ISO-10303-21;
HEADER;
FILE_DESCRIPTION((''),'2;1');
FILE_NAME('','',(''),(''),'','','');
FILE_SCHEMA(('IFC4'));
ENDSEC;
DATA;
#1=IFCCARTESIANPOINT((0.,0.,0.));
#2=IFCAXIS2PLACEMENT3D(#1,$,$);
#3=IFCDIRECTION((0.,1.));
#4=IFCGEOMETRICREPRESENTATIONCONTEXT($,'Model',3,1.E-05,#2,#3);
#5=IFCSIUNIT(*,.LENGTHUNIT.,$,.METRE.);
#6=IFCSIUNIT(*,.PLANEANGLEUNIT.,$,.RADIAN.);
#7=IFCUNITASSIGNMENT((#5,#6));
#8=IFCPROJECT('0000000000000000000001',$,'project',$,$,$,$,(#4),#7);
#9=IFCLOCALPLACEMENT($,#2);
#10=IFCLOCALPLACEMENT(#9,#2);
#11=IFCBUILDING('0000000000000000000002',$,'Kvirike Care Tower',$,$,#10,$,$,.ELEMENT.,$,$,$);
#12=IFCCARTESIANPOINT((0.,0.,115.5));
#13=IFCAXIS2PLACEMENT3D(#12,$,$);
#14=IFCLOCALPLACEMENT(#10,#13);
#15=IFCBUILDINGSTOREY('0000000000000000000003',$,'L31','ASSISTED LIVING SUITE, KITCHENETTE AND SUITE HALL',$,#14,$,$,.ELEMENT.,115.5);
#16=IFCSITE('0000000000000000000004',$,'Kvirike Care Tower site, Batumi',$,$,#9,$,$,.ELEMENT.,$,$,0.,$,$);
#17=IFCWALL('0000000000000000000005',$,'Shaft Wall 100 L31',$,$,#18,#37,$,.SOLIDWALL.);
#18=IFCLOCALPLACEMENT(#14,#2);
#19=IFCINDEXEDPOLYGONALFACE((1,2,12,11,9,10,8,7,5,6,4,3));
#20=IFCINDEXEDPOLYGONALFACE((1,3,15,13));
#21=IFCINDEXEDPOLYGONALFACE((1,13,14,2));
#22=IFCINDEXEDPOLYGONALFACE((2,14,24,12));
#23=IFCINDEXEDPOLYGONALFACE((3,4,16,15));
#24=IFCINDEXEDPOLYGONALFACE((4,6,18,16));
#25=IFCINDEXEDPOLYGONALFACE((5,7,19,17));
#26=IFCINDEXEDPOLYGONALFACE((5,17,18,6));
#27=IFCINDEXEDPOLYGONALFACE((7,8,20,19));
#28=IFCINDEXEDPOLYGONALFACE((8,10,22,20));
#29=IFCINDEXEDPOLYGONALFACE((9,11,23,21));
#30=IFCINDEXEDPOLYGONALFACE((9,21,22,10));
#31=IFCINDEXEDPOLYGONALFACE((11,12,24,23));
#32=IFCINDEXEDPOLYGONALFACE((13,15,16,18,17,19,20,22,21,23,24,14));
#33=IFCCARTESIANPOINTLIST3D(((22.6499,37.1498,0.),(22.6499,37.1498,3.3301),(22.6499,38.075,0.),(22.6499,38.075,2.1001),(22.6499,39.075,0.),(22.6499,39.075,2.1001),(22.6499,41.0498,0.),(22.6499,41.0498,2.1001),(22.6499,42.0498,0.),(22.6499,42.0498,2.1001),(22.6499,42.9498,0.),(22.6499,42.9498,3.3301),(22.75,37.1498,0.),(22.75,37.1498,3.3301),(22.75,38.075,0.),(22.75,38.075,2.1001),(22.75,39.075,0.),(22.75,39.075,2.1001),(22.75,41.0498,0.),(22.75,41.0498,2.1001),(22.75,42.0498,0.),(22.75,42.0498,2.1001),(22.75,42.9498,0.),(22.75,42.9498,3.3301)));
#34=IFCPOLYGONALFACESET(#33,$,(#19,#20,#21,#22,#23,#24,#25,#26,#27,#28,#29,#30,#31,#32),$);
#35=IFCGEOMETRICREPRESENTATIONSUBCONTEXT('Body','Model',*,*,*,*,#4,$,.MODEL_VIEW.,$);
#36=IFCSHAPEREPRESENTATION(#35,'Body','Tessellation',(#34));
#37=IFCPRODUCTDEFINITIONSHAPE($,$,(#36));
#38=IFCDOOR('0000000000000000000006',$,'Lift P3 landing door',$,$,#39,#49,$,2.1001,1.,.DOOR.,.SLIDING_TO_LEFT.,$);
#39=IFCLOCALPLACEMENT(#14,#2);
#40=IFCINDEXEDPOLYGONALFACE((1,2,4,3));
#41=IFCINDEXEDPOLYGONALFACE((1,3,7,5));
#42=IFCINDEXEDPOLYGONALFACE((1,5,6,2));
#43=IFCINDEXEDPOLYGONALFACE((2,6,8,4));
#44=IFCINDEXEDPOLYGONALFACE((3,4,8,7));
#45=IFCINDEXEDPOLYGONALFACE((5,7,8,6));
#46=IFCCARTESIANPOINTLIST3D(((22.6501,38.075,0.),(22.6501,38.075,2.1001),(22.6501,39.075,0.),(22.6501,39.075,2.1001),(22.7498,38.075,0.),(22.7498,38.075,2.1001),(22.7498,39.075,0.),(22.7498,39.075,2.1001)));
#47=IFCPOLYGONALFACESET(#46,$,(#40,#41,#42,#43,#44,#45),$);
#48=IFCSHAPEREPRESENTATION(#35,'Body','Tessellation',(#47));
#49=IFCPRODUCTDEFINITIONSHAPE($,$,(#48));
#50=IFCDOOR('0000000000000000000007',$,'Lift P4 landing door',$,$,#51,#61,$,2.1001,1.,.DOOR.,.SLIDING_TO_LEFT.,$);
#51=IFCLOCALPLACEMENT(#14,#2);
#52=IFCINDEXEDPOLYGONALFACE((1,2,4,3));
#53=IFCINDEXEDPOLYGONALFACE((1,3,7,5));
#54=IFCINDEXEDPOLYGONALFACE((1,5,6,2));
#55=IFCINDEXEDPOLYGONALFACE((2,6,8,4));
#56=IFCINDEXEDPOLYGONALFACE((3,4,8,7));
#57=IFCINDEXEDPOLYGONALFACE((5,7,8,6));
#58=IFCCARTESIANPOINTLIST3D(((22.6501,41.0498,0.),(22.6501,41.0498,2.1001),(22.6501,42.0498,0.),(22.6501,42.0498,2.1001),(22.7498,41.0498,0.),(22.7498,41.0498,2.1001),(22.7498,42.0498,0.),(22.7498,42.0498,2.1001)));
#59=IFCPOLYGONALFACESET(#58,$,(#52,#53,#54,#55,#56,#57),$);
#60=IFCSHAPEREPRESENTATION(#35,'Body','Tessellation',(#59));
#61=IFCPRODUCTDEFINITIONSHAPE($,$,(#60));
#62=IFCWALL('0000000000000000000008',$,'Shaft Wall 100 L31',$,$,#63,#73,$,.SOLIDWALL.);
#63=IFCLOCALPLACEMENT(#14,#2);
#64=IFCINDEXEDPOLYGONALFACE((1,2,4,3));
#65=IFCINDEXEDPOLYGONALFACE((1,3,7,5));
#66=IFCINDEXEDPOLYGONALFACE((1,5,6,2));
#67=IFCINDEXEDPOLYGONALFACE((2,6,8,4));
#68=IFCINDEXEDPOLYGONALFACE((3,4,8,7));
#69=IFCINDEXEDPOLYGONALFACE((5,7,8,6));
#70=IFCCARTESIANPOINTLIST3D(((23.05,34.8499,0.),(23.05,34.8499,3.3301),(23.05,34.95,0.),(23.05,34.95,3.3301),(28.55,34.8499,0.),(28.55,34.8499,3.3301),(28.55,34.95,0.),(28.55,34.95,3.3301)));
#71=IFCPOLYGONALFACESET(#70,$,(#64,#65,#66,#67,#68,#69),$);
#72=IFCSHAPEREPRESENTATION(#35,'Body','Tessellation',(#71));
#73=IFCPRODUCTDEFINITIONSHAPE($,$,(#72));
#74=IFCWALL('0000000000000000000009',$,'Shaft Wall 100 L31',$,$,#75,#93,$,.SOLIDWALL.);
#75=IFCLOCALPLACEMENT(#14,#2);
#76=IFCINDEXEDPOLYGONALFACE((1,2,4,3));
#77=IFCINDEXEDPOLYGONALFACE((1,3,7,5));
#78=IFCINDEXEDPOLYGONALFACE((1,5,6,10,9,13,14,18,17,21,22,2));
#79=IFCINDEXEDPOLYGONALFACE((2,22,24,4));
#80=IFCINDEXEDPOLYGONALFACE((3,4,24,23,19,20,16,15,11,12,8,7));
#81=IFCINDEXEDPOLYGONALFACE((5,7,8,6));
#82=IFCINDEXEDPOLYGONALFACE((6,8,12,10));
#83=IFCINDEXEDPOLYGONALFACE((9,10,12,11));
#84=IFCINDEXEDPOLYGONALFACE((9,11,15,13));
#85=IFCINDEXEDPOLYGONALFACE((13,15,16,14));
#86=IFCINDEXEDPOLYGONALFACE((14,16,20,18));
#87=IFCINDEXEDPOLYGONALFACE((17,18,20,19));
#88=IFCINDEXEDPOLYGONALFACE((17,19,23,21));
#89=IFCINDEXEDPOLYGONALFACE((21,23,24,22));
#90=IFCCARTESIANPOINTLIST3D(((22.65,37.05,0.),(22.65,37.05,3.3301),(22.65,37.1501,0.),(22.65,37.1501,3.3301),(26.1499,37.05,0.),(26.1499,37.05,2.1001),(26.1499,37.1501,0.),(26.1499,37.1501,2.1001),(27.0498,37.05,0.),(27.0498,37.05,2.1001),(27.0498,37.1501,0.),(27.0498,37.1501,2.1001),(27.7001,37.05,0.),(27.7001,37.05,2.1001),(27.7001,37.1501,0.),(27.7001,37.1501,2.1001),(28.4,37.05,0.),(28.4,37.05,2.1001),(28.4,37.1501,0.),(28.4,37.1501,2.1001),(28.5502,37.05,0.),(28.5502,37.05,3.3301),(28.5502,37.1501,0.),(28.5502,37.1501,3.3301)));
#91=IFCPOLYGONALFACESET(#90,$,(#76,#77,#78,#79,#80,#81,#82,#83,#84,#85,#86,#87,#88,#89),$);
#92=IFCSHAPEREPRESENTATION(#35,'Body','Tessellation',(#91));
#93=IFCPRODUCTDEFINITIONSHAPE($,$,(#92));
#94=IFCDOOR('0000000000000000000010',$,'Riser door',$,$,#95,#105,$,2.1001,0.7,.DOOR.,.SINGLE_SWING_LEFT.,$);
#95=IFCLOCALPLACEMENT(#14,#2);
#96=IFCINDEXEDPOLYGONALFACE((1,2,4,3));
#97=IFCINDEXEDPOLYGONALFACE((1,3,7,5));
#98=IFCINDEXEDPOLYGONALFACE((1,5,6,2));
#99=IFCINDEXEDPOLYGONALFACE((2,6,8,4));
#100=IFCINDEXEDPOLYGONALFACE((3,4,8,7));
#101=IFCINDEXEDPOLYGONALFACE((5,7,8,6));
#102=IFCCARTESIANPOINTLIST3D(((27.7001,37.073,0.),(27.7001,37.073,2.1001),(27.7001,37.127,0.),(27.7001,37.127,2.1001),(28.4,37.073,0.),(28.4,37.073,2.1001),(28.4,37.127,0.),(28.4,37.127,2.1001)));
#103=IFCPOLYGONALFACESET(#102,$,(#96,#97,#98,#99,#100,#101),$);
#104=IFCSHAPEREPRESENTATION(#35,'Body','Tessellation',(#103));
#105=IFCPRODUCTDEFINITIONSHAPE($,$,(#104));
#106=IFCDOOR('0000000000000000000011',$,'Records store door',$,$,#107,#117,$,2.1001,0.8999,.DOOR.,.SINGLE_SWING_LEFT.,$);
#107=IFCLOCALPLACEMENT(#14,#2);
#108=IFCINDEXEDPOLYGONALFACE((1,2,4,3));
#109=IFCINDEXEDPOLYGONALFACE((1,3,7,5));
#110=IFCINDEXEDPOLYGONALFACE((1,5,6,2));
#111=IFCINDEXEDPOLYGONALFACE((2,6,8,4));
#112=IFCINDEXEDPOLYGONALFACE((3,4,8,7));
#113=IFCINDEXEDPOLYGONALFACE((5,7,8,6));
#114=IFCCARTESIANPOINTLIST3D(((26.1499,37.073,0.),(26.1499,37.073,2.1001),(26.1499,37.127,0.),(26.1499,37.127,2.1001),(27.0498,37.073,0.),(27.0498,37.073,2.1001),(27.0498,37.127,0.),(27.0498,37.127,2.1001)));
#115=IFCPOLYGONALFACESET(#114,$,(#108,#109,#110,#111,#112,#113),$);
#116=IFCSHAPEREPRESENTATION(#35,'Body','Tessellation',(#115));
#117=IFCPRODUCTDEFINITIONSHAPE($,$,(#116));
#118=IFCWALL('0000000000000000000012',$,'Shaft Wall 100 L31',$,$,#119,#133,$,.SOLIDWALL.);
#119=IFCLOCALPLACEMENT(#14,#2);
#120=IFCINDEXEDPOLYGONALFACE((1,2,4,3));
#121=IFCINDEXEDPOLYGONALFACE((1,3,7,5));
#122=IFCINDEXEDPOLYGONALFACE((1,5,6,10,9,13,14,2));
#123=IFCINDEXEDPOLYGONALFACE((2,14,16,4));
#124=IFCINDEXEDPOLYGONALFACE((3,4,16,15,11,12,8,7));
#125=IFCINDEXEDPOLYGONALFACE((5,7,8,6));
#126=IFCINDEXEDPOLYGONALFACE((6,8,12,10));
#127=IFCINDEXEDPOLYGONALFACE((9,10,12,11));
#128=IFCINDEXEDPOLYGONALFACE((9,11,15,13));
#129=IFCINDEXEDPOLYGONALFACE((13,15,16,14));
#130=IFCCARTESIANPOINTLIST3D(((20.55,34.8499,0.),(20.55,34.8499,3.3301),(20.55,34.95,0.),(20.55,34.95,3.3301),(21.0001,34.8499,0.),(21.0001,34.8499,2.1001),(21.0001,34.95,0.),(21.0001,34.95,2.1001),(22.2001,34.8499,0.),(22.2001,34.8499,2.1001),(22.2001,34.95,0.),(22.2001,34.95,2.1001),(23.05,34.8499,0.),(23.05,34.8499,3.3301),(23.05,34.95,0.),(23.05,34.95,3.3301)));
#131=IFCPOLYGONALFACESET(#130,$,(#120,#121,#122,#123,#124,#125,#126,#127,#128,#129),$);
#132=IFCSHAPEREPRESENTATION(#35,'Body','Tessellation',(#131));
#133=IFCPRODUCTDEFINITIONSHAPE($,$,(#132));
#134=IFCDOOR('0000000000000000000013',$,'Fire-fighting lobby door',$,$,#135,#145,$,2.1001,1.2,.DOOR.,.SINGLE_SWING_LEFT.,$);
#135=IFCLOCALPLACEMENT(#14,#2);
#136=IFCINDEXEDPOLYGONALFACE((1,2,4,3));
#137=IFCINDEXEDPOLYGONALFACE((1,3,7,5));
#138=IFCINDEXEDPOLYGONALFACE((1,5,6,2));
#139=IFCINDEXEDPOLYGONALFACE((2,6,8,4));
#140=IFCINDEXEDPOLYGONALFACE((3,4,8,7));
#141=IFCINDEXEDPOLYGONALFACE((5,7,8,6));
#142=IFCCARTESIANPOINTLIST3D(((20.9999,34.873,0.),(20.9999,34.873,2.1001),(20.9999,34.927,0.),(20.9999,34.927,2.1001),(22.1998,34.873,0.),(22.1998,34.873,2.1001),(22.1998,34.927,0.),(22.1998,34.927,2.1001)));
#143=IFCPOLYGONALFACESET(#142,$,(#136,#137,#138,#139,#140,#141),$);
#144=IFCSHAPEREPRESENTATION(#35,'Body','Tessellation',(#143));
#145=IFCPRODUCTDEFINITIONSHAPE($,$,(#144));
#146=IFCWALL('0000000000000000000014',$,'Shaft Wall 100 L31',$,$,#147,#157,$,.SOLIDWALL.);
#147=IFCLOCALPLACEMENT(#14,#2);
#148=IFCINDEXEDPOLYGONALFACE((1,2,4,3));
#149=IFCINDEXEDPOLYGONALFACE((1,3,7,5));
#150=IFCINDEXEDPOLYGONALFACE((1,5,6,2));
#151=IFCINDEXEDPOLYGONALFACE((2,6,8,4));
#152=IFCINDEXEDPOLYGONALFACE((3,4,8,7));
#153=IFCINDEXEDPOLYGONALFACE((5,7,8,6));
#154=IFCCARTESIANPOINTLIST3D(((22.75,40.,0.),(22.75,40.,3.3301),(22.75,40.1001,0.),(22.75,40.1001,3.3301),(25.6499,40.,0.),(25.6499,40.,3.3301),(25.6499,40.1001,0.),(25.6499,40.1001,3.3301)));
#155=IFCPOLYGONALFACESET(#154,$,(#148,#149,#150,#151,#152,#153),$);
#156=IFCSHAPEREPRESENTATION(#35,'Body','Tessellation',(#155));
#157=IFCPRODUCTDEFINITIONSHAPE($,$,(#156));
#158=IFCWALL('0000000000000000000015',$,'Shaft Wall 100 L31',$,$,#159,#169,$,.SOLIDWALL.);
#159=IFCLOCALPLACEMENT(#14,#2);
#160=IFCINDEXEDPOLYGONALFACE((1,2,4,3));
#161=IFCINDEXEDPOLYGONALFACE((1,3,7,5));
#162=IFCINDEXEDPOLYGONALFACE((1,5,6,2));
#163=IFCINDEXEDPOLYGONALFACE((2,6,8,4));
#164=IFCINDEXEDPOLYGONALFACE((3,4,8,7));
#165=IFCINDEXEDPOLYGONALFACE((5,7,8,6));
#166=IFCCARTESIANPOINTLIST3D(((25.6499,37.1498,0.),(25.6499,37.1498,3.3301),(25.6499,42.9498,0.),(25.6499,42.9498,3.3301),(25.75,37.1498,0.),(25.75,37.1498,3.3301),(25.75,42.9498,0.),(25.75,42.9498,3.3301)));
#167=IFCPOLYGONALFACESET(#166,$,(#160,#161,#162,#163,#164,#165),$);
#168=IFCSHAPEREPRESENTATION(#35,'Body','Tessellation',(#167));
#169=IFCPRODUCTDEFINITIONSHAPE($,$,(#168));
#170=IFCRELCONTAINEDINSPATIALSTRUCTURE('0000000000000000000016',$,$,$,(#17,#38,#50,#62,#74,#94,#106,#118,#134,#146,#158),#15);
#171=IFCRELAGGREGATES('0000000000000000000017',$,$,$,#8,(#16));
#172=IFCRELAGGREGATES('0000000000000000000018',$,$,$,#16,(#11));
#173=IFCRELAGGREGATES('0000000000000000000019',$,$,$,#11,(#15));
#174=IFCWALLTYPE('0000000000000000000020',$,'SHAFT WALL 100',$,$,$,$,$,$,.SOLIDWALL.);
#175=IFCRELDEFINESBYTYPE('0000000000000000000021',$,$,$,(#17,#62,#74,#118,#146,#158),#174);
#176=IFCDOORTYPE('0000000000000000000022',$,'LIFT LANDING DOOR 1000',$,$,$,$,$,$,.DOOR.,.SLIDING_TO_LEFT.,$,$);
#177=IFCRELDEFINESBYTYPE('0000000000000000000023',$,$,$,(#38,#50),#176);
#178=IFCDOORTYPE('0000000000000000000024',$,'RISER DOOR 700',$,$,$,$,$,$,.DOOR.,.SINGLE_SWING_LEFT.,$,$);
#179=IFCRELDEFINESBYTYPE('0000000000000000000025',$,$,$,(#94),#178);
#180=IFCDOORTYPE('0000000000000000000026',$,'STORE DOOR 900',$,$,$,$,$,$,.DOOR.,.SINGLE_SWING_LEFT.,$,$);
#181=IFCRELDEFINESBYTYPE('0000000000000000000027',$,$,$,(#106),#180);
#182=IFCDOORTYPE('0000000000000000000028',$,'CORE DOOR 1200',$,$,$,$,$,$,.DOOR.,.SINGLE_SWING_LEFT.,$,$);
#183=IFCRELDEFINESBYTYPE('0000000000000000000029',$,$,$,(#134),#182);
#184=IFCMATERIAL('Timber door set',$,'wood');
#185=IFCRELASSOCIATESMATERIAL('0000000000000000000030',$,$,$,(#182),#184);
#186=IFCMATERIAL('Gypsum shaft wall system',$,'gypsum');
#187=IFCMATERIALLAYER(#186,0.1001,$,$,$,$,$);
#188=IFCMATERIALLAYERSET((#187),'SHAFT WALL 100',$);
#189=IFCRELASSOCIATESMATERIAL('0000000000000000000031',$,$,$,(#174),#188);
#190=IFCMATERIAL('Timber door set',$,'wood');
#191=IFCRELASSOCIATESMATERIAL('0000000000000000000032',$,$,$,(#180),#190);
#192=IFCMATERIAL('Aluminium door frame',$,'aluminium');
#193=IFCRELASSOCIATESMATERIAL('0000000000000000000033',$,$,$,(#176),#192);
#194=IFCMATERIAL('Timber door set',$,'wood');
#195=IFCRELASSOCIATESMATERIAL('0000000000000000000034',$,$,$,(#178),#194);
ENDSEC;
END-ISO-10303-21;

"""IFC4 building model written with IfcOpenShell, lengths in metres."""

from ifc_helpers import new_model, si_unit, direction, frame, frame_2d, origin, place, context, subcontext, project, spatial, rectangle, extrude, material, layer, layer_set, type_object, element, fill, save


model = new_model("IFC4")

# Units and contexts
model_context = context("Model", 3, precision=1e-05, world=origin(), true_north=direction((0.0, 1.0)))
body_context = subcontext(model_context, "Body", "Model", "MODEL_VIEW")
ifc_project = project(units=[si_unit("LENGTHUNIT", "METRE"), si_unit("PLANEANGLEUNIT", "RADIAN")], contexts=[model_context])

# Site, building, storey
site_placement = place(None, origin())
site = spatial("IfcSite", under=ifc_project, at=site_placement, Name="Kvirike Care Tower site, Batumi", CompositionType="ELEMENT", RefElevation=0.0)
building_placement = place(site_placement, origin())
building = spatial("IfcBuilding", under=site, at=building_placement, Name="Kvirike Care Tower", CompositionType="ELEMENT")
storey_placement = place(building_placement, frame((0.0, 0.0, 115.5)))
storey = spatial("IfcBuildingStorey", under=building, at=storey_placement, Name="L31", Description="ASSISTED LIVING SUITE, KITCHENETTE AND SUITE HALL", CompositionType="ELEMENT", Elevation=115.5)

# Shared definitions
ifc_material_1 = material(Name="Timber door set", Category="wood")
door_type_1 = type_object("IfcDoorType", Name="CORE DOOR 1200", OperationType="SINGLE_SWING_LEFT", PredefinedType="DOOR", material=ifc_material_1)

# Shared definitions
ifc_material_2 = material(Name="Gypsum shaft wall system", Category="gypsum")
ifc_layer_1 = layer(ifc_material_2, 0.1001)
ifc_layer_set_1 = layer_set([ifc_layer_1], Name="SHAFT WALL 100")
wall_type_1 = type_object("IfcWallType", Name="SHAFT WALL 100", PredefinedType="SOLIDWALL", material=ifc_layer_set_1)

# Shared definitions
ifc_material_3 = material(Name="Timber door set", Category="wood")
door_type_2 = type_object("IfcDoorType", Name="STORE DOOR 900", OperationType="SINGLE_SWING_LEFT", PredefinedType="DOOR", material=ifc_material_3)

# Wall, openings, doors
wall_1_placement = place(storey_placement, frame((22.7, 37.1499, 0.0), z_axis=(0.0, 0.0, 1.0), x_axis=(0.0, 1.0, 0.0)))
wall_1 = element("IfcWall", 1, at=wall_1_placement, inside=storey, type_object=wall_type_1, Name="Shaft Wall 100 L31", PredefinedType="SOLIDWALL", context=body_context, shape_type="SweptSolid", body=[
    extrude(rectangle(XDim=5.8, YDim=0.1001, at=frame_2d((2.8999, 0.0))), origin(), (0.0, 0.0, 1.0), 3.3301),
])
opening_1_placement = place(wall_1_placement, frame((0.925, 0.0, 0.0)))
opening_1 = element("IfcOpeningElement", 2, at=opening_1_placement, cuts=wall_1, PredefinedType="OPENING", context=body_context, shape_type="SweptSolid", body=[
    extrude(rectangle(XDim=1.0, YDim=2.1001, at=frame_2d((0.5, 1.05))), frame((0.0, 0.0605, 0.0), z_axis=(0.0, -1.0, 0.0), x_axis=(1.0, 0.0, 0.0)), (0.0, 0.0, 1.0), 0.1211),
])
opening_2_placement = place(wall_1_placement, frame((3.8999, 0.0, 0.0)))
opening_2 = element("IfcOpeningElement", 3, at=opening_2_placement, cuts=wall_1, PredefinedType="OPENING", context=body_context, shape_type="SweptSolid", body=[
    extrude(rectangle(XDim=1.0, YDim=2.1001, at=frame_2d((0.5, 1.05))), frame((0.0, 0.0605, 0.0), z_axis=(0.0, -1.0, 0.0), x_axis=(1.0, 0.0, 0.0)), (0.0, 0.0, 1.0), 0.1211),
])
ifc_material_4 = material(Name="Aluminium door frame", Category="aluminium")
door_type_3 = type_object("IfcDoorType", Name="LIFT LANDING DOOR 1000", OperationType="SLIDING_TO_LEFT", PredefinedType="DOOR", material=ifc_material_4)
door_1_placement = place(opening_1_placement, origin())
door_1 = element("IfcDoor", 4, at=door_1_placement, inside=storey, type_object=door_type_3, Name="Lift P3 landing door", OperationType="SLIDING_TO_LEFT", OverallHeight=2.1001, OverallWidth=1.0, PredefinedType="DOOR", context=body_context, shape_type="SweptSolid", body=[
    extrude(rectangle(XDim=1.0, YDim=2.1001, at=frame_2d((0.5, 1.05))), frame((0.0, 0.0498, 0.0), z_axis=(0.0, -1.0, 0.0), x_axis=(1.0, 0.0, 0.0)), (0.0, 0.0, 1.0), 0.0996),
])
fill(opening_1, door_1)
door_2_placement = place(opening_2_placement, origin())
door_2 = element("IfcDoor", 5, at=door_2_placement, inside=storey, type_object=door_type_3, Name="Lift P4 landing door", OperationType="SLIDING_TO_LEFT", OverallHeight=2.1001, OverallWidth=1.0, PredefinedType="DOOR", context=body_context, shape_type="SweptSolid", body=[
    extrude(rectangle(XDim=1.0, YDim=2.1001, at=frame_2d((0.5, 1.05))), frame((0.0, 0.0498, 0.0), z_axis=(0.0, -1.0, 0.0), x_axis=(1.0, 0.0, 0.0)), (0.0, 0.0, 1.0), 0.0996),
])
fill(opening_2, door_2)

# Wall
wall_2_placement = place(storey_placement, frame((23.05, 34.8999, 0.0), z_axis=(0.0, 0.0, 1.0), x_axis=(1.0, 0.0, 0.0)))
element("IfcWall", 6, at=wall_2_placement, inside=storey, type_object=wall_type_1, Name="Shaft Wall 100 L31", PredefinedType="SOLIDWALL", context=body_context, shape_type="SweptSolid", body=[
    extrude(rectangle(XDim=5.5, YDim=0.1001, at=frame_2d((2.75, 0.0))), origin(), (0.0, 0.0, 1.0), 3.3301),
])

# Wall, openings, doors
wall_3_placement = place(storey_placement, frame((22.6499, 37.1001, 0.0), z_axis=(0.0, 0.0, 1.0), x_axis=(1.0, 0.0, 0.0)))
wall_3 = element("IfcWall", 7, at=wall_3_placement, inside=storey, type_object=wall_type_1, Name="Shaft Wall 100 L31", PredefinedType="SOLIDWALL", context=body_context, shape_type="SweptSolid", body=[
    extrude(rectangle(XDim=5.9001, YDim=0.1001, at=frame_2d((2.9502, 0.0))), origin(), (0.0, 0.0, 1.0), 3.3301),
])
opening_3_placement = place(wall_3_placement, frame((3.5, 0.0, 0.0)))
opening_3 = element("IfcOpeningElement", 8, at=opening_3_placement, cuts=wall_3, PredefinedType="OPENING", context=body_context, shape_type="SweptSolid", body=[
    extrude(rectangle(XDim=0.8999, YDim=2.1001, at=frame_2d((0.45, 1.05))), frame((0.0, 0.0605, 0.0), z_axis=(0.0, -1.0, 0.0), x_axis=(1.0, 0.0, 0.0)), (0.0, 0.0, 1.0), 0.1211),
])
opening_4_placement = place(wall_3_placement, frame((5.05, 0.0, 0.0)))
opening_4 = element("IfcOpeningElement", 9, at=opening_4_placement, cuts=wall_3, PredefinedType="OPENING", context=body_context, shape_type="SweptSolid", body=[
    extrude(rectangle(XDim=0.7, YDim=2.1001, at=frame_2d((0.3501, 1.05))), frame((0.0, 0.0605, 0.0), z_axis=(0.0, -1.0, 0.0), x_axis=(1.0, 0.0, 0.0)), (0.0, 0.0, 1.0), 0.1211),
])
ifc_material_5 = material(Name="Timber door set", Category="wood")
door_type_4 = type_object("IfcDoorType", Name="RISER DOOR 700", OperationType="SINGLE_SWING_LEFT", PredefinedType="DOOR", material=ifc_material_5)
door_3_placement = place(opening_4_placement, origin())
door_3 = element("IfcDoor", 10, at=door_3_placement, inside=storey, type_object=door_type_4, Name="Riser door", OperationType="SINGLE_SWING_LEFT", OverallHeight=2.1001, OverallWidth=0.7, PredefinedType="DOOR", context=body_context, shape_type="SweptSolid", body=[
    extrude(rectangle(XDim=0.7, YDim=2.1001, at=frame_2d((0.3501, 1.05))), frame((0.0, 0.0269, 0.0), z_axis=(0.0, -1.0, 0.0), x_axis=(1.0, 0.0, 0.0)), (0.0, 0.0, 1.0), 0.054),
])
fill(opening_4, door_3)
door_4_placement = place(opening_3_placement, origin())
door_4 = element("IfcDoor", 11, at=door_4_placement, inside=storey, type_object=door_type_2, Name="Records store door", OperationType="SINGLE_SWING_LEFT", OverallHeight=2.1001, OverallWidth=0.8999, PredefinedType="DOOR", context=body_context, shape_type="SweptSolid", body=[
    extrude(rectangle(XDim=0.8999, YDim=2.1001, at=frame_2d((0.45, 1.05))), frame((0.0, 0.0269, 0.0), z_axis=(0.0, -1.0, 0.0), x_axis=(1.0, 0.0, 0.0)), (0.0, 0.0, 1.0), 0.054),
])
fill(opening_3, door_4)

# Wall, opening, door
wall_4_placement = place(storey_placement, frame((20.55, 34.8999, 0.0), z_axis=(0.0, 0.0, 1.0), x_axis=(1.0, 0.0, 0.0)))
wall_4 = element("IfcWall", 12, at=wall_4_placement, inside=storey, type_object=wall_type_1, Name="Shaft Wall 100 L31", PredefinedType="SOLIDWALL", context=body_context, shape_type="SweptSolid", body=[
    extrude(rectangle(XDim=2.5, YDim=0.1001, at=frame_2d((1.25, 0.0))), origin(), (0.0, 0.0, 1.0), 3.3301),
])
opening_5_placement = place(wall_4_placement, frame((0.45, 0.0, 0.0)))
opening_5 = element("IfcOpeningElement", 13, at=opening_5_placement, cuts=wall_4, PredefinedType="OPENING", context=body_context, shape_type="SweptSolid", body=[
    extrude(rectangle(XDim=1.2, YDim=2.1001, at=frame_2d((0.6001, 1.05))), frame((0.0, 0.0605, 0.0), z_axis=(0.0, -1.0, 0.0), x_axis=(1.0, 0.0, 0.0)), (0.0, 0.0, 1.0), 0.1211),
])
door_5_placement = place(opening_5_placement, frame((1.2, 0.0, 0.0), z_axis=(0.0, 0.0, 1.0), x_axis=(-1.0, 0.0, 0.0)))
door_5 = element("IfcDoor", 14, at=door_5_placement, inside=storey, type_object=door_type_1, Name="Fire-fighting lobby door", OperationType="SINGLE_SWING_LEFT", OverallHeight=2.1001, OverallWidth=1.2, PredefinedType="DOOR", context=body_context, shape_type="SweptSolid", body=[
    extrude(rectangle(XDim=1.2, YDim=2.1001, at=frame_2d((0.6001, 1.05))), frame((0.0, 0.0269, 0.0), z_axis=(0.0, -1.0, 0.0), x_axis=(1.0, 0.0, 0.0)), (0.0, 0.0, 1.0), 0.054),
])
fill(opening_5, door_5)

# Walls
wall_5_placement = place(storey_placement, frame((22.75, 40.05, 0.0), z_axis=(0.0, 0.0, 1.0), x_axis=(1.0, 0.0, 0.0)))
element("IfcWall", 15, at=wall_5_placement, inside=storey, type_object=wall_type_1, Name="Shaft Wall 100 L31", PredefinedType="SOLIDWALL", context=body_context, shape_type="SweptSolid", body=[
    extrude(rectangle(XDim=2.8999, YDim=0.1001, at=frame_2d((1.45, 0.0))), origin(), (0.0, 0.0, 1.0), 3.3301),
])
wall_6_placement = place(storey_placement, frame((25.7, 37.1499, 0.0), z_axis=(0.0, 0.0, 1.0), x_axis=(0.0, 1.0, 0.0)))
element("IfcWall", 16, at=wall_6_placement, inside=storey, type_object=wall_type_1, Name="Shaft Wall 100 L31", PredefinedType="SOLIDWALL", context=body_context, shape_type="SweptSolid", body=[
    extrude(rectangle(XDim=5.8, YDim=0.1001, at=frame_2d((2.8999, 0.0))), origin(), (0.0, 0.0, 1.0), 3.3301),
])

save(model, "model.ifc")
